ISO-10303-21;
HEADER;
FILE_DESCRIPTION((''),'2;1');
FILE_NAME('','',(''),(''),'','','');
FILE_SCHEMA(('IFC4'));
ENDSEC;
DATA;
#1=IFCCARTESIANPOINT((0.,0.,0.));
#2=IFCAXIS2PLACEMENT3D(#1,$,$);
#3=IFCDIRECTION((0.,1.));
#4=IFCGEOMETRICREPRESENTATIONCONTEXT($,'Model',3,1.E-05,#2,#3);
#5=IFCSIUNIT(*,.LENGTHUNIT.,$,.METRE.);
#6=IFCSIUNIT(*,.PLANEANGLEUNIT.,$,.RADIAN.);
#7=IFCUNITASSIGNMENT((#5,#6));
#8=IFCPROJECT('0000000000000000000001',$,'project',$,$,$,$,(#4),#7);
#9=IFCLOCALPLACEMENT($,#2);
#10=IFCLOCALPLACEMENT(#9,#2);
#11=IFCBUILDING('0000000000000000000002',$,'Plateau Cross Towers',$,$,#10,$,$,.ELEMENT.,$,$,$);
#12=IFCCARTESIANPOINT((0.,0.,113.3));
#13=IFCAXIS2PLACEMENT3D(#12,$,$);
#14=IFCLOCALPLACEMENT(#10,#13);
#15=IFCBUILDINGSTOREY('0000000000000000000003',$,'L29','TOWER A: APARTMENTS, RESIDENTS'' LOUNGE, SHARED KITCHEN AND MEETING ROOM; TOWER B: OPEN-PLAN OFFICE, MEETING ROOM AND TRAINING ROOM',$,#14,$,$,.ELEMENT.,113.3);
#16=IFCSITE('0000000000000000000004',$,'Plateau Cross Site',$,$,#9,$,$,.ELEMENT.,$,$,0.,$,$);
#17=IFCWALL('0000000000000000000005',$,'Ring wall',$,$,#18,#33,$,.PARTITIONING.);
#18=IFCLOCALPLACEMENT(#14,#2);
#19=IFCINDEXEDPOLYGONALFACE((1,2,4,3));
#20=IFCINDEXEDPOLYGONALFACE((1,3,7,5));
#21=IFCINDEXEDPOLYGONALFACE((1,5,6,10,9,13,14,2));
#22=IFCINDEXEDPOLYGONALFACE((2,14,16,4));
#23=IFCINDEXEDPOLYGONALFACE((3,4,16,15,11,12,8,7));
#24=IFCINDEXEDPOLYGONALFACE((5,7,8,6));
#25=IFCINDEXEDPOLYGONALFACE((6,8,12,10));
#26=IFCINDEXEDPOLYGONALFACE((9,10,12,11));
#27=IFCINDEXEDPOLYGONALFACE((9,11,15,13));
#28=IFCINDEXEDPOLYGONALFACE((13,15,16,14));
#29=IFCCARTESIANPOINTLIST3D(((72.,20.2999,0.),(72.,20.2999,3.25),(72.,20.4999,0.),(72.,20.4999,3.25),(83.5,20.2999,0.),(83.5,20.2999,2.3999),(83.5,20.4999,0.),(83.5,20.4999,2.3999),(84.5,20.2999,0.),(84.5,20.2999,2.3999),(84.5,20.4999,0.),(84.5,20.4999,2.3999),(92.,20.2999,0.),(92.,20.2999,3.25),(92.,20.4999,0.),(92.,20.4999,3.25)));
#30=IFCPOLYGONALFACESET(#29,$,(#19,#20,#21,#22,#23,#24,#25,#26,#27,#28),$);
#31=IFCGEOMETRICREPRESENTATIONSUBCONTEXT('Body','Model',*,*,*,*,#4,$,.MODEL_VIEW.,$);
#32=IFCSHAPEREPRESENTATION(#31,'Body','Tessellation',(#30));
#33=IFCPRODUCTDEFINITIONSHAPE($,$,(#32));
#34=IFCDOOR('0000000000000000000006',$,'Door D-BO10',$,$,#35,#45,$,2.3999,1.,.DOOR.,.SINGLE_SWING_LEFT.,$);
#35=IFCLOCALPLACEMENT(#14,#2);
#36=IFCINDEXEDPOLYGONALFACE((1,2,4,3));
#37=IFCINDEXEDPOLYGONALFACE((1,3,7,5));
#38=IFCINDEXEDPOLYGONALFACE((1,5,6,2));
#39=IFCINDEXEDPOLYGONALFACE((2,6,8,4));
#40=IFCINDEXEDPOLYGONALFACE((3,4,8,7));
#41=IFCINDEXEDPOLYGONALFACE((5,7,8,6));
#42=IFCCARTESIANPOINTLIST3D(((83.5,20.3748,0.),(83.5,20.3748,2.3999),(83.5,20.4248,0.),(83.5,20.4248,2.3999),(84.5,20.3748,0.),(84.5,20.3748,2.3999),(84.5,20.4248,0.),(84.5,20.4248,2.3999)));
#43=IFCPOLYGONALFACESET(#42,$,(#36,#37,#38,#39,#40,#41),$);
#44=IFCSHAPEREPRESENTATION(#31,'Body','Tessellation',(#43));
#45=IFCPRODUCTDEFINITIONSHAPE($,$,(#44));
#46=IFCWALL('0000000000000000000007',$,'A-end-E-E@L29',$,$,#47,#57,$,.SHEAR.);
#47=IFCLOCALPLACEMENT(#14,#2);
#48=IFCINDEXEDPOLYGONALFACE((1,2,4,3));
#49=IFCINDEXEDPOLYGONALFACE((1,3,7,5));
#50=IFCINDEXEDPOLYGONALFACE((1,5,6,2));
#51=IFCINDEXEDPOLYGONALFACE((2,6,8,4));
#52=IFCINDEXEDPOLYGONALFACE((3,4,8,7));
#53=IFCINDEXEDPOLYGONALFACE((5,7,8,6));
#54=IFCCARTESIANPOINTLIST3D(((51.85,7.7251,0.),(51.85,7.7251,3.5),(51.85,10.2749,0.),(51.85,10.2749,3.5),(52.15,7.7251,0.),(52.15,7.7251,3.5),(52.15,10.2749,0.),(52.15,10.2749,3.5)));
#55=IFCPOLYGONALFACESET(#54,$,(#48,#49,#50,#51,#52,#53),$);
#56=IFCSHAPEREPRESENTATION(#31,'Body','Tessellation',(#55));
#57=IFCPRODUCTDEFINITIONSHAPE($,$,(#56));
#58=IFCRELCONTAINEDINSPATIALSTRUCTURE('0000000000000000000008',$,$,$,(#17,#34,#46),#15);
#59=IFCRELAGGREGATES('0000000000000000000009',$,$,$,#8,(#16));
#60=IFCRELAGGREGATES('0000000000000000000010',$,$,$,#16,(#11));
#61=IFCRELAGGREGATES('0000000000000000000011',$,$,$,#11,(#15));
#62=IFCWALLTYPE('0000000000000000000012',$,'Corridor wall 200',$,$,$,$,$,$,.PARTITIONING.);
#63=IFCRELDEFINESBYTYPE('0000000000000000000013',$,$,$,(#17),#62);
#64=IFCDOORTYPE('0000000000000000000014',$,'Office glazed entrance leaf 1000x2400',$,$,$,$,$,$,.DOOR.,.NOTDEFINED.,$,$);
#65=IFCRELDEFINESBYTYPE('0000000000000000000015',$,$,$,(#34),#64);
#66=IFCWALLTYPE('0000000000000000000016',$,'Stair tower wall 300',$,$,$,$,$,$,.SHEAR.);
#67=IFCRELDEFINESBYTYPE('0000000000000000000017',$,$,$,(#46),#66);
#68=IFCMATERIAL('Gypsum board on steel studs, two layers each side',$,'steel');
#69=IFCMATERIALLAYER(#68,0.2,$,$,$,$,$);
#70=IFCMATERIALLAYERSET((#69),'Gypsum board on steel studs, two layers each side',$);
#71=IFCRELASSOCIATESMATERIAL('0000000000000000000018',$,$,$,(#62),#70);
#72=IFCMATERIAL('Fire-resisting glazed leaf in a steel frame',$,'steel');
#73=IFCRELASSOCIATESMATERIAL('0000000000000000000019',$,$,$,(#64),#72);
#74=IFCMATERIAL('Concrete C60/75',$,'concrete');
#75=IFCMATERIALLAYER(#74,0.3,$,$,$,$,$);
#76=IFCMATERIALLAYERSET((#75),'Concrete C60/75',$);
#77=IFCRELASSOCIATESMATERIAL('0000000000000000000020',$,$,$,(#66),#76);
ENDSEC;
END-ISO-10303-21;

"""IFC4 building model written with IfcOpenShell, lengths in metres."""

from ifc_helpers import new_model, si_unit, direction, frame, frame_2d, origin, place, context, subcontext, project, spatial, rectangle, extrude, material, layer, layer_set, type_object, element, fill, save


model = new_model("IFC4")

# Units and contexts
model_context = context("Model", 3, precision=1e-05, world=origin(), true_north=direction((0.0, 1.0)))
body_context = subcontext(model_context, "Body", "Model", "MODEL_VIEW")
ifc_project = project(units=[si_unit("LENGTHUNIT", "METRE"), si_unit("PLANEANGLEUNIT", "RADIAN")], contexts=[model_context])

# Site, building, storey
site_placement = place(None, origin())
site = spatial("IfcSite", under=ifc_project, at=site_placement, Name="Plateau Cross Site", CompositionType="ELEMENT", RefElevation=0.0)
building_placement = place(site_placement, origin())
building = spatial("IfcBuilding", under=site, at=building_placement, Name="Plateau Cross Towers", CompositionType="ELEMENT")
storey_placement = place(building_placement, frame((0.0, 0.0, 113.3)))
storey = spatial("IfcBuildingStorey", under=building, at=storey_placement, Name="L29", Description="TOWER A: APARTMENTS, RESIDENTS' LOUNGE, SHARED KITCHEN AND MEETING ROOM; TOWER B: OPEN-PLAN OFFICE, MEETING ROOM AND TRAINING ROOM", CompositionType="ELEMENT", Elevation=113.3)

# Wall, opening, door
ifc_material_1 = material(Name="Gypsum board on steel studs, two layers each side", Category="steel")
ifc_layer_1 = layer(ifc_material_1, 0.2)
ifc_layer_set_1 = layer_set([ifc_layer_1], Name="Gypsum board on steel studs, two layers each side")
wall_type_1 = type_object("IfcWallType", Name="Corridor wall 200", PredefinedType="PARTITIONING", material=ifc_layer_set_1)
wall_1_placement = place(storey_placement, frame((72.0, 20.3999, 0.0), z_axis=(0.0, 0.0, 1.0), x_axis=(1.0, 0.0, 0.0)))
wall_1 = element("IfcWall", 1, at=wall_1_placement, inside=storey, type_object=wall_type_1, Name="Ring wall", PredefinedType="PARTITIONING", context=body_context, shape_type="SweptSolid", body=[
    extrude(rectangle(XDim=20.0, YDim=0.2, at=frame_2d((10.0, 0.0))), origin(), (0.0, 0.0, 1.0), 3.25),
])
opening_placement = place(wall_1_placement, frame((11.5, 0.0, 0.0)))
opening = element("IfcOpeningElement", 2, at=opening_placement, cuts=wall_1, PredefinedType="OPENING", context=body_context, shape_type="SweptSolid", body=[
    extrude(rectangle(XDim=1.0, YDim=2.3999, at=frame_2d((0.5, 1.2))), frame((0.0, 0.1099, 0.0), z_axis=(0.0, -1.0, 0.0), x_axis=(1.0, 0.0, 0.0)), (0.0, 0.0, 1.0), 0.22),
])
ifc_material_2 = material(Name="Fire-resisting glazed leaf in a steel frame", Category="steel")
door_type = type_object("IfcDoorType", Name="Office glazed entrance leaf 1000x2400", OperationType="NOTDEFINED", PredefinedType="DOOR", material=ifc_material_2)
door_placement = place(opening_placement, origin())
door = element("IfcDoor", 3, at=door_placement, inside=storey, type_object=door_type, Name="Door D-BO10", OperationType="SINGLE_SWING_LEFT", OverallHeight=2.3999, OverallWidth=1.0, PredefinedType="DOOR", context=body_context, shape_type="SweptSolid", body=[
    extrude(rectangle(XDim=1.0, YDim=2.3999, at=frame_2d((0.5, 1.2))), frame((0.0, 0.0249, 0.0), z_axis=(0.0, -1.0, 0.0), x_axis=(1.0, 0.0, 0.0)), (0.0, 0.0, 1.0), 0.05),
])
fill(opening, door)

# Wall
ifc_material_3 = material(Name="Concrete C60/75", Category="concrete")
ifc_layer_2 = layer(ifc_material_3, 0.3)
ifc_layer_set_2 = layer_set([ifc_layer_2], Name="Concrete C60/75")
wall_type_2 = type_object("IfcWallType", Name="Stair tower wall 300", PredefinedType="SHEAR", material=ifc_layer_set_2)
wall_2_placement = place(storey_placement, frame((52.0, 7.7251, 0.0), z_axis=(0.0, 0.0, 1.0), x_axis=(0.0, 1.0, 0.0)))
element("IfcWall", 4, at=wall_2_placement, inside=storey, type_object=wall_type_2, Name="A-end-E-E@L29", PredefinedType="SHEAR", context=body_context, shape_type="SweptSolid", body=[
    extrude(rectangle(XDim=2.5498, YDim=0.3, at=frame_2d((1.2749, 0.0))), origin(), (0.0, 0.0, 1.0), 3.5),
])

save(model, "model.ifc")
